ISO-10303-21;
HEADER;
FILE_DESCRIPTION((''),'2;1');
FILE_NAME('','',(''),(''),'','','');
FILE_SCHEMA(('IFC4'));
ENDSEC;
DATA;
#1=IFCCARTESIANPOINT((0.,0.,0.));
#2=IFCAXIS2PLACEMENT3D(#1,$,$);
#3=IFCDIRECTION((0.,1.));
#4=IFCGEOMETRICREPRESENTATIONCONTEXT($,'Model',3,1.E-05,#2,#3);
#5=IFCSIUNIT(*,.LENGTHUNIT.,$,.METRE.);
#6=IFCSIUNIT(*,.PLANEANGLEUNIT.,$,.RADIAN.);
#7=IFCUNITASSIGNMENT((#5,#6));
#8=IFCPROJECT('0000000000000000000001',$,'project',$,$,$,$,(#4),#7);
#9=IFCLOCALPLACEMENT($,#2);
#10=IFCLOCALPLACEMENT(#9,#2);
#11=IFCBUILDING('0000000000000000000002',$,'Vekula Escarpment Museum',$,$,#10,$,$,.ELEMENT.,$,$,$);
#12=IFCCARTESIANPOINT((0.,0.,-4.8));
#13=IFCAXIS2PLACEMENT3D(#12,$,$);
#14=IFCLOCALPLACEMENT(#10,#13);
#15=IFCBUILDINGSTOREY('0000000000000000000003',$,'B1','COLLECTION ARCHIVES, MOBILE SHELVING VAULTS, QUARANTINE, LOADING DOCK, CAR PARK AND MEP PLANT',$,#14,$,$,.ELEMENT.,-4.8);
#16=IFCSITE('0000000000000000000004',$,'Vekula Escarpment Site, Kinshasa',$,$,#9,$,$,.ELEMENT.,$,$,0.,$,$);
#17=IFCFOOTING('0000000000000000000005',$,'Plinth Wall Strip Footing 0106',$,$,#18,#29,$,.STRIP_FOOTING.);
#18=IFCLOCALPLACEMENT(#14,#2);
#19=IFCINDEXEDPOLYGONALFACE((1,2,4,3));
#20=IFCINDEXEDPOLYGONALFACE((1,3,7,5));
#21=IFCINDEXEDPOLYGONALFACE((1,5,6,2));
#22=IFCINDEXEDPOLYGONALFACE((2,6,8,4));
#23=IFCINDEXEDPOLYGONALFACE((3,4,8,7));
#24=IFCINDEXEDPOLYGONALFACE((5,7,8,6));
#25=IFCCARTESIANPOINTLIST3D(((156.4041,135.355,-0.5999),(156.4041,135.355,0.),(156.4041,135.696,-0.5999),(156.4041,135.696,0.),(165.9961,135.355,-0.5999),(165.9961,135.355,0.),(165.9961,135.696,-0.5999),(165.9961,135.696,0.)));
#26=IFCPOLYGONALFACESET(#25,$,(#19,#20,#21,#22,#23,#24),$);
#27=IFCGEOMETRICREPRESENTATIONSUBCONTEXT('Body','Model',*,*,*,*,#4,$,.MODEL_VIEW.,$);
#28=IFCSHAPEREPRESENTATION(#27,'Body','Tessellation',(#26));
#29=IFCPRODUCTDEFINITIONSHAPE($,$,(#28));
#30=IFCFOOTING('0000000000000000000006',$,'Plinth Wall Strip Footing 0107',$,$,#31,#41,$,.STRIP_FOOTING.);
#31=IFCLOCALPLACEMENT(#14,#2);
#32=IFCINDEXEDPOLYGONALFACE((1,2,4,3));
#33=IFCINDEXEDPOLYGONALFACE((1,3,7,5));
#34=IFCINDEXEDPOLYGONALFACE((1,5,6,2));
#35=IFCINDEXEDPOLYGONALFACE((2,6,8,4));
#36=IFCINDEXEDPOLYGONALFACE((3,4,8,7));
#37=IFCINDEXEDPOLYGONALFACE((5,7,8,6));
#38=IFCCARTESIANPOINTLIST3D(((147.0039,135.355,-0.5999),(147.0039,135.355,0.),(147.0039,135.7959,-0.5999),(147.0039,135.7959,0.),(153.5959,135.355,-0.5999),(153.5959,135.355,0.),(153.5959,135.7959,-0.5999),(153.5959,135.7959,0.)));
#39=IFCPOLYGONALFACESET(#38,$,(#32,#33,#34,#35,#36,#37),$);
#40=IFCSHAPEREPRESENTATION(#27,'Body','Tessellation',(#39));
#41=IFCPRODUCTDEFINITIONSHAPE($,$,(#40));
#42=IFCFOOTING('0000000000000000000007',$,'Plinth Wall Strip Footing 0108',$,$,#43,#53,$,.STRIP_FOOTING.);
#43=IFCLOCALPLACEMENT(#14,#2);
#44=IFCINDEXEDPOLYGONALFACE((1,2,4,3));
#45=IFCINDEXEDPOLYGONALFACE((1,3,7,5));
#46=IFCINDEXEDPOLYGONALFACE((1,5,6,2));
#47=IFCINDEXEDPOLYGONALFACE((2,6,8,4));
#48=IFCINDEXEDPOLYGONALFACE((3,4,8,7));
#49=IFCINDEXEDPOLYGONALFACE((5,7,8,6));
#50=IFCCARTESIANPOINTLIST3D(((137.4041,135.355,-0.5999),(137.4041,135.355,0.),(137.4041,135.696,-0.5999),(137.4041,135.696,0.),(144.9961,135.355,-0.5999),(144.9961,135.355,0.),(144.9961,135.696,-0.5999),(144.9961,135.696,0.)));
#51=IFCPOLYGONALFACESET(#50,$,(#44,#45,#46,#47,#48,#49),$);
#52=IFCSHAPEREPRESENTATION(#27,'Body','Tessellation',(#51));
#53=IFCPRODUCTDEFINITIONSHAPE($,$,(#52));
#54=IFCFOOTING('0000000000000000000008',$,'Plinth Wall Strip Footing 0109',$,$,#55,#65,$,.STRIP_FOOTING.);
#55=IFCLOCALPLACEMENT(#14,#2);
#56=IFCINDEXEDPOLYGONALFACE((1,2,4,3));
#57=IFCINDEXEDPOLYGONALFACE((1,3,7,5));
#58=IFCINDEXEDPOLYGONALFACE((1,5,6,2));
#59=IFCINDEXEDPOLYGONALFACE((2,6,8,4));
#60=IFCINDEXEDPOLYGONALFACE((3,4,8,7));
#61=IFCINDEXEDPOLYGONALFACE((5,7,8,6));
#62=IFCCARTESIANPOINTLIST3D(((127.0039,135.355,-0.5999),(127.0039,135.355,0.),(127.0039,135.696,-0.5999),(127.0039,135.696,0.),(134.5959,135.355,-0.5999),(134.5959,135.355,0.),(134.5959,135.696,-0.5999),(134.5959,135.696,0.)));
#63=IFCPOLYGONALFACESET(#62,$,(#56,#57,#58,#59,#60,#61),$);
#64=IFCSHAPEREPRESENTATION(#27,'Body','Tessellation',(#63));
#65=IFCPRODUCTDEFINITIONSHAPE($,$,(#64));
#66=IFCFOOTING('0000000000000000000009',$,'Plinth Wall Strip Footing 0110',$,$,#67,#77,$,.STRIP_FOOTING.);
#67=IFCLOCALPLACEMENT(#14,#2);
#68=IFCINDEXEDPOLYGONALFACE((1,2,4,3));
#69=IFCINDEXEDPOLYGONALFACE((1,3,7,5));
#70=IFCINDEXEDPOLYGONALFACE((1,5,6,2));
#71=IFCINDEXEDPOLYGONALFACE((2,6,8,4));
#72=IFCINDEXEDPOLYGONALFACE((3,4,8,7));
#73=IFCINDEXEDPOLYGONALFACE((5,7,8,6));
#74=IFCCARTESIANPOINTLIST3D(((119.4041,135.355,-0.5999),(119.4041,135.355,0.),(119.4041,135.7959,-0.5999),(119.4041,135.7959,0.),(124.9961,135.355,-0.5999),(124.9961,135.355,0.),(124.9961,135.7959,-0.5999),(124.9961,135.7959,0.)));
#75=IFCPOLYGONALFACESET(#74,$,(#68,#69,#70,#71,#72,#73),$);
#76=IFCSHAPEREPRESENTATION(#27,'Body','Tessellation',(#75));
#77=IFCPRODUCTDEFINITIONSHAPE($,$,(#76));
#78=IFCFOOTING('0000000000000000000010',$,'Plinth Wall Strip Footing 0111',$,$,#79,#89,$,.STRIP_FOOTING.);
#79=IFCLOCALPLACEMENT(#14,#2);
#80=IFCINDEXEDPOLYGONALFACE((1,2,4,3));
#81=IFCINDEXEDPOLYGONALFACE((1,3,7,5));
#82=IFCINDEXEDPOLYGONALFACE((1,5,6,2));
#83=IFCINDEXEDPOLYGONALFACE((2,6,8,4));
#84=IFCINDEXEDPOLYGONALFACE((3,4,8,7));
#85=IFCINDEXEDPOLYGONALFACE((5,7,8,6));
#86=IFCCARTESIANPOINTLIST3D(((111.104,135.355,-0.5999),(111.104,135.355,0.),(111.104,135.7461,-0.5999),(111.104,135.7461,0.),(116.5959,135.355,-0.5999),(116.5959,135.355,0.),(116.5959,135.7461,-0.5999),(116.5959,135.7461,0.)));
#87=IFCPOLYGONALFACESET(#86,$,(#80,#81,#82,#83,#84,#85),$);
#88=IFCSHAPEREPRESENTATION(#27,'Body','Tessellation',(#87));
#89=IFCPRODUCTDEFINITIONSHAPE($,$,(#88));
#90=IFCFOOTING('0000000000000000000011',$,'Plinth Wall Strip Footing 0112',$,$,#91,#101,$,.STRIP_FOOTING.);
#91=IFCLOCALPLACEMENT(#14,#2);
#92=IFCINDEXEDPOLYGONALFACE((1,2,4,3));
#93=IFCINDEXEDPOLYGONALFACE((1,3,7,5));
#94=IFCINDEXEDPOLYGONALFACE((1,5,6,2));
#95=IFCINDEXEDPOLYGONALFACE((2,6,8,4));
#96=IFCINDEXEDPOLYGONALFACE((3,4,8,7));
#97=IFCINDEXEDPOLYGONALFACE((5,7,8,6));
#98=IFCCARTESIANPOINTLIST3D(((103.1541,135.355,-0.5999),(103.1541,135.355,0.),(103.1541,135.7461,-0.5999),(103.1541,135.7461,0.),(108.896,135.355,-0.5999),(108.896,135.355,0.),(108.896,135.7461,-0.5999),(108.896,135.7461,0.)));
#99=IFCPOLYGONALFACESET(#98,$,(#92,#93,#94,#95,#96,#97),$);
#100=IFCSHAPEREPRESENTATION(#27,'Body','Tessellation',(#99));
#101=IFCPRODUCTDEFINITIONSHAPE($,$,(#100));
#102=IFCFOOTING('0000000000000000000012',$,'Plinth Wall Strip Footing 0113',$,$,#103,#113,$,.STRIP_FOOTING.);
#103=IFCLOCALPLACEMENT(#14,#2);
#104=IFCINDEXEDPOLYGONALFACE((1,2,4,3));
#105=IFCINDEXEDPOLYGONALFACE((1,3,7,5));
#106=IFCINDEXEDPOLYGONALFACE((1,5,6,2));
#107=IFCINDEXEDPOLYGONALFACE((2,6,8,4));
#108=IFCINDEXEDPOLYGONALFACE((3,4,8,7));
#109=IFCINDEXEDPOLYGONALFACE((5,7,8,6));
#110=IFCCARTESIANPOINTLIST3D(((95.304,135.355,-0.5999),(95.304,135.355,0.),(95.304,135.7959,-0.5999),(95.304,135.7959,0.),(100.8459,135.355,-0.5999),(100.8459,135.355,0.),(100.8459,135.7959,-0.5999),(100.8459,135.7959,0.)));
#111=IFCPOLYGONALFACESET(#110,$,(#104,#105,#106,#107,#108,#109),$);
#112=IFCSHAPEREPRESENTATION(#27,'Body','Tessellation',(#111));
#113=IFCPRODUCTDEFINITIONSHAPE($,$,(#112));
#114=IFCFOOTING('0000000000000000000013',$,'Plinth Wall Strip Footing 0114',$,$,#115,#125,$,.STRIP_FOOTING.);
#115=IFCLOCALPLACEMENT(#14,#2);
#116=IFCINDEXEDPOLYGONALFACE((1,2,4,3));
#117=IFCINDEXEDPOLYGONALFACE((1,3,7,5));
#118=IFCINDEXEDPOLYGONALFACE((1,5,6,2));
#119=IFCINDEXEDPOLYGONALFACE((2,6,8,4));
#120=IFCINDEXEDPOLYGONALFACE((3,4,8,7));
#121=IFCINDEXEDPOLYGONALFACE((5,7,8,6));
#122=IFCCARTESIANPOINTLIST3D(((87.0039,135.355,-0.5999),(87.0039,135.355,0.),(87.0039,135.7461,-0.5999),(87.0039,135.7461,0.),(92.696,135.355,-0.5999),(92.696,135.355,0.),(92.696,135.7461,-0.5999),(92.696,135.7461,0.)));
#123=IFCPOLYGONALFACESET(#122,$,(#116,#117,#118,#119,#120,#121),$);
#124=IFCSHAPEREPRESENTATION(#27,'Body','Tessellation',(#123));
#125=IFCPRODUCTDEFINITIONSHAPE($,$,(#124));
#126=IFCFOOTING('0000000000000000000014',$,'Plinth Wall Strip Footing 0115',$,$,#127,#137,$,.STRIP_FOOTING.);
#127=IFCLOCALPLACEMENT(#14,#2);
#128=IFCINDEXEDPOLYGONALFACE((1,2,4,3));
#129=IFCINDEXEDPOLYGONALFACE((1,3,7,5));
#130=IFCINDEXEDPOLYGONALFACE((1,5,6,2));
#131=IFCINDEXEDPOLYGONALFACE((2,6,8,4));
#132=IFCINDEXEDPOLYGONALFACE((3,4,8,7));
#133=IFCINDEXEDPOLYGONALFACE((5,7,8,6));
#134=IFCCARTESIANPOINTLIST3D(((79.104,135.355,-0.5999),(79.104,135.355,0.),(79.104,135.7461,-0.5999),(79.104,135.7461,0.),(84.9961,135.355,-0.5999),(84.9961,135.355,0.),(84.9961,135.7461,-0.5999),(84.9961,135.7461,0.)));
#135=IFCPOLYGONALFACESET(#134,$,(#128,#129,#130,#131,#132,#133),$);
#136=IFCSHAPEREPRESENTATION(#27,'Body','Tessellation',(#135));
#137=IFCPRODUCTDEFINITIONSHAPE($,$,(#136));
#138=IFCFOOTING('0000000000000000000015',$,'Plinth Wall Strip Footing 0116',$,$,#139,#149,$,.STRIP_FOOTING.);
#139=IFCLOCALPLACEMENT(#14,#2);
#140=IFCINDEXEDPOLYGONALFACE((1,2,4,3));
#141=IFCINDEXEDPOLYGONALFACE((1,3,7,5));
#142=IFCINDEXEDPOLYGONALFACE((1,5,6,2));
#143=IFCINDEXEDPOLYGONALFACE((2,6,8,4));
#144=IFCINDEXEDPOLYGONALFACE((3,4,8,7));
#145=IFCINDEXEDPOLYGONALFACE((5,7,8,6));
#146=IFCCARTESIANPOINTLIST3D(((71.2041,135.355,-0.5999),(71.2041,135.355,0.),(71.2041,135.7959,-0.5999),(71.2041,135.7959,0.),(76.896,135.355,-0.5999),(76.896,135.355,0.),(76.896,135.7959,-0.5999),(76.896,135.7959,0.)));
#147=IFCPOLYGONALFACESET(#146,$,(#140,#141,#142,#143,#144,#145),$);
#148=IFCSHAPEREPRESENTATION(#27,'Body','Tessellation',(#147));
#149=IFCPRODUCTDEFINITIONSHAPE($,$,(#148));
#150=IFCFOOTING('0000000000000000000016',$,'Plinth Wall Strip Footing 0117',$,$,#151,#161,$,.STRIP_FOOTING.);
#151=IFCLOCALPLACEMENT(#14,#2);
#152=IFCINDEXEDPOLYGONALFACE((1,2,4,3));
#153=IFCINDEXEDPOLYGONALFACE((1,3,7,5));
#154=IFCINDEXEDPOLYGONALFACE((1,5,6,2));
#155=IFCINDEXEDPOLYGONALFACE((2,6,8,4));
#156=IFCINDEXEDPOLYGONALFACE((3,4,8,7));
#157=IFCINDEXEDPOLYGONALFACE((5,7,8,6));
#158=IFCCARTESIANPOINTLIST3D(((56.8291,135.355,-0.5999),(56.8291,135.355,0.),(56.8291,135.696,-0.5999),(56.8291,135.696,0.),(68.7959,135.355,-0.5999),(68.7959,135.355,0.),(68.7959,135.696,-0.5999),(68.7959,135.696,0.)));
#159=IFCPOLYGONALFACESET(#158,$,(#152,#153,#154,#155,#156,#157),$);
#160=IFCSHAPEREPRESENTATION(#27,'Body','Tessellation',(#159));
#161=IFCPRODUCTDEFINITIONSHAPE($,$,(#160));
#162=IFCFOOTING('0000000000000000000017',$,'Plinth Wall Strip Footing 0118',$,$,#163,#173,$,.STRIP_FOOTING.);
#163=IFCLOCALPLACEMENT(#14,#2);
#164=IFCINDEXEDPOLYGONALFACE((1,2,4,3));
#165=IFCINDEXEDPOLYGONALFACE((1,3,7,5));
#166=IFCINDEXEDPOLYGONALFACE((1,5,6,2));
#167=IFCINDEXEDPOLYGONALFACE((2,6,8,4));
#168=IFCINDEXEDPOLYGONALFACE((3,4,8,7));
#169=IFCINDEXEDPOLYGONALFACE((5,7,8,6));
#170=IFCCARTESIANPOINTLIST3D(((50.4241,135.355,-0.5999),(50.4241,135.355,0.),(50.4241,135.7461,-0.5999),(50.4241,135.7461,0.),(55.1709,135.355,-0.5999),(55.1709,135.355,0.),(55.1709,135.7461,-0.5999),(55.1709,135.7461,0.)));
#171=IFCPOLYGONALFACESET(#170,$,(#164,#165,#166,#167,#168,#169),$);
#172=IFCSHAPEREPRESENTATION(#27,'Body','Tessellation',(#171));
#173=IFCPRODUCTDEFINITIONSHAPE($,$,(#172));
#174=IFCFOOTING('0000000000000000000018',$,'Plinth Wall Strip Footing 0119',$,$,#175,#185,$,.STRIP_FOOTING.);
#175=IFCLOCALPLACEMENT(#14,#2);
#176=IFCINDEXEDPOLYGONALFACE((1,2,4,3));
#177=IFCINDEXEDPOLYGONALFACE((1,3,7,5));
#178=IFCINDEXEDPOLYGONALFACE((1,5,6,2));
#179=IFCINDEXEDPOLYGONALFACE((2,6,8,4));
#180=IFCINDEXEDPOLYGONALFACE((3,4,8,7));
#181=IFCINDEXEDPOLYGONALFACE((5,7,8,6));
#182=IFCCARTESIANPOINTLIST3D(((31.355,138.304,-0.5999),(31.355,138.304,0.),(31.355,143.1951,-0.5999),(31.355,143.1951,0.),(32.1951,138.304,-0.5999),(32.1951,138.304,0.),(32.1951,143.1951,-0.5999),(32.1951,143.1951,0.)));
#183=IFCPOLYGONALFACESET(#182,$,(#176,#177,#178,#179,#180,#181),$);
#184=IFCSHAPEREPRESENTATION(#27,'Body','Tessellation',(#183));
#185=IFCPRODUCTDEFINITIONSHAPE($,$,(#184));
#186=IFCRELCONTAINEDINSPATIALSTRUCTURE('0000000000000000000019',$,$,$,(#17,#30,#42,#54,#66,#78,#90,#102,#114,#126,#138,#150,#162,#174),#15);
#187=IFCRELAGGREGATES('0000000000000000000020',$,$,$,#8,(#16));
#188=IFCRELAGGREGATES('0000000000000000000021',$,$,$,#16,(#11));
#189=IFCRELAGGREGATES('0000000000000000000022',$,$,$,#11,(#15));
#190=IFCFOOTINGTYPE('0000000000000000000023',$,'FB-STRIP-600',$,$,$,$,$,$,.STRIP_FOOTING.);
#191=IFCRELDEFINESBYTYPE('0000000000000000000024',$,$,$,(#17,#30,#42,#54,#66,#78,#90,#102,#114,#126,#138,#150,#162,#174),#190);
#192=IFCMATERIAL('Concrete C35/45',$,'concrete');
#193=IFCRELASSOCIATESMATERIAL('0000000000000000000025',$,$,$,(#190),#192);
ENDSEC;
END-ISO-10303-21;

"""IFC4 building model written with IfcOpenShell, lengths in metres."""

from ifc_helpers import new_model, si_unit, direction, frame, origin, place, context, subcontext, project, spatial, polyline, outline, extrude, material, type_object, element, save


model = new_model("IFC4")

# Units and contexts
model_context = context("Model", 3, precision=1e-05, world=origin(), true_north=direction((0.0, 1.0)))
body_context = subcontext(model_context, "Body", "Model", "MODEL_VIEW")
ifc_project = project(units=[si_unit("LENGTHUNIT", "METRE"), si_unit("PLANEANGLEUNIT", "RADIAN")], contexts=[model_context])

# Site, building, storey
site_placement = place(None, origin())
site = spatial("IfcSite", under=ifc_project, at=site_placement, Name="Vekula Escarpment Site, Kinshasa", CompositionType="ELEMENT", RefElevation=0.0)
building_placement = place(site_placement, origin())
building = spatial("IfcBuilding", under=site, at=building_placement, Name="Vekula Escarpment Museum", CompositionType="ELEMENT")
storey_placement = place(building_placement, frame((0.0, 0.0, -4.8)))
storey = spatial("IfcBuildingStorey", under=building, at=storey_placement, Name="B1", Description="COLLECTION ARCHIVES, MOBILE SHELVING VAULTS, QUARANTINE, LOADING DOCK, CAR PARK AND MEP PLANT", CompositionType="ELEMENT", Elevation=-4.8)

# Footings
ifc_material = material(Name="Concrete C35/45", Category="concrete")
footing_type = type_object("IfcFootingType", Name="FB-STRIP-600", PredefinedType="STRIP_FOOTING", material=ifc_material)
footing_1_placement = place(storey_placement, frame((0.0, 0.0, -0.5999)))
element("IfcFooting", 1, at=footing_1_placement, inside=storey, type_object=footing_type, Name="Plinth Wall Strip Footing 0106", PredefinedType="STRIP_FOOTING", context=body_context, shape_type="SweptSolid", body=[
    extrude(outline(polyline([(156.4041, 135.355), (156.4041, 135.696), (165.9961, 135.696), (165.9961, 135.355), (156.4041, 135.355)])), origin(), (0.0, 0.0, 1.0), 0.5999),
])
footing_2_placement = place(storey_placement, frame((0.0, 0.0, -0.5999)))
element("IfcFooting", 2, at=footing_2_placement, inside=storey, type_object=footing_type, Name="Plinth Wall Strip Footing 0107", PredefinedType="STRIP_FOOTING", context=body_context, shape_type="SweptSolid", body=[
    extrude(outline(polyline([(147.0039, 135.355), (147.0039, 135.7959), (153.5959, 135.7959), (153.5959, 135.355), (147.0039, 135.355)])), origin(), (0.0, 0.0, 1.0), 0.5999),
])
footing_3_placement = place(storey_placement, frame((0.0, 0.0, -0.5999)))
element("IfcFooting", 3, at=footing_3_placement, inside=storey, type_object=footing_type, Name="Plinth Wall Strip Footing 0108", PredefinedType="STRIP_FOOTING", context=body_context, shape_type="SweptSolid", body=[
    extrude(outline(polyline([(137.4041, 135.355), (137.4041, 135.696), (144.9961, 135.696), (144.9961, 135.355), (137.4041, 135.355)])), origin(), (0.0, 0.0, 1.0), 0.5999),
])
footing_4_placement = place(storey_placement, frame((0.0, 0.0, -0.5999)))
element("IfcFooting", 4, at=footing_4_placement, inside=storey, type_object=footing_type, Name="Plinth Wall Strip Footing 0109", PredefinedType="STRIP_FOOTING", context=body_context, shape_type="SweptSolid", body=[
    extrude(outline(polyline([(127.0039, 135.355), (127.0039, 135.696), (134.5959, 135.696), (134.5959, 135.355), (127.0039, 135.355)])), origin(), (0.0, 0.0, 1.0), 0.5999),
])
footing_5_placement = place(storey_placement, frame((0.0, 0.0, -0.5999)))
element("IfcFooting", 5, at=footing_5_placement, inside=storey, type_object=footing_type, Name="Plinth Wall Strip Footing 0110", PredefinedType="STRIP_FOOTING", context=body_context, shape_type="SweptSolid", body=[
    extrude(outline(polyline([(119.4041, 135.355), (119.4041, 135.7959), (124.9961, 135.7959), (124.9961, 135.355), (119.4041, 135.355)])), origin(), (0.0, 0.0, 1.0), 0.5999),
])
footing_6_placement = place(storey_placement, frame((0.0, 0.0, -0.5999)))
element("IfcFooting", 6, at=footing_6_placement, inside=storey, type_object=footing_type, Name="Plinth Wall Strip Footing 0111", PredefinedType="STRIP_FOOTING", context=body_context, shape_type="SweptSolid", body=[
    extrude(outline(polyline([(111.104, 135.355), (111.104, 135.7461), (116.5959, 135.7461), (116.5959, 135.355), (111.104, 135.355)])), origin(), (0.0, 0.0, 1.0), 0.5999),
])
footing_7_placement = place(storey_placement, frame((0.0, 0.0, -0.5999)))
element("IfcFooting", 7, at=footing_7_placement, inside=storey, type_object=footing_type, Name="Plinth Wall Strip Footing 0112", PredefinedType="STRIP_FOOTING", context=body_context, shape_type="SweptSolid", body=[
    extrude(outline(polyline([(103.1541, 135.355), (103.1541, 135.7461), (108.896, 135.7461), (108.896, 135.355), (103.1541, 135.355)])), origin(), (0.0, 0.0, 1.0), 0.5999),
])
footing_8_placement = place(storey_placement, frame((0.0, 0.0, -0.5999)))
element("IfcFooting", 8, at=footing_8_placement, inside=storey, type_object=footing_type, Name="Plinth Wall Strip Footing 0113", PredefinedType="STRIP_FOOTING", context=body_context, shape_type="SweptSolid", body=[
    extrude(outline(polyline([(95.304, 135.355), (95.304, 135.7959), (100.8459, 135.7959), (100.8459, 135.355), (95.304, 135.355)])), origin(), (0.0, 0.0, 1.0), 0.5999),
])
footing_9_placement = place(storey_placement, frame((0.0, 0.0, -0.5999)))
element("IfcFooting", 9, at=footing_9_placement, inside=storey, type_object=footing_type, Name="Plinth Wall Strip Footing 0114", PredefinedType="STRIP_FOOTING", context=body_context, shape_type="SweptSolid", body=[
    extrude(outline(polyline([(87.0039, 135.355), (87.0039, 135.7461), (92.696, 135.7461), (92.696, 135.355), (87.0039, 135.355)])), origin(), (0.0, 0.0, 1.0), 0.5999),
])
footing_10_placement = place(storey_placement, frame((0.0, 0.0, -0.5999)))
element("IfcFooting", 10, at=footing_10_placement, inside=storey, type_object=footing_type, Name="Plinth Wall Strip Footing 0115", PredefinedType="STRIP_FOOTING", context=body_context, shape_type="SweptSolid", body=[
    extrude(outline(polyline([(79.104, 135.355), (79.104, 135.7461), (84.9961, 135.7461), (84.9961, 135.355), (79.104, 135.355)])), origin(), (0.0, 0.0, 1.0), 0.5999),
])
footing_11_placement = place(storey_placement, frame((0.0, 0.0, -0.5999)))
element("IfcFooting", 11, at=footing_11_placement, inside=storey, type_object=footing_type, Name="Plinth Wall Strip Footing 0116", PredefinedType="STRIP_FOOTING", context=body_context, shape_type="SweptSolid", body=[
    extrude(outline(polyline([(71.2041, 135.355), (71.2041, 135.7959), (76.896, 135.7959), (76.896, 135.355), (71.2041, 135.355)])), origin(), (0.0, 0.0, 1.0), 0.5999),
])
footing_12_placement = place(storey_placement, frame((0.0, 0.0, -0.5999)))
element("IfcFooting", 12, at=footing_12_placement, inside=storey, type_object=footing_type, Name="Plinth Wall Strip Footing 0117", PredefinedType="STRIP_FOOTING", context=body_context, shape_type="SweptSolid", body=[
    extrude(outline(polyline([(56.8291, 135.355), (56.8291, 135.696), (68.7959, 135.696), (68.7959, 135.355), (56.8291, 135.355)])), origin(), (0.0, 0.0, 1.0), 0.5999),
])
footing_13_placement = place(storey_placement, frame((0.0, 0.0, -0.5999)))
element("IfcFooting", 13, at=footing_13_placement, inside=storey, type_object=footing_type, Name="Plinth Wall Strip Footing 0118", PredefinedType="STRIP_FOOTING", context=body_context, shape_type="SweptSolid", body=[
    extrude(outline(polyline([(50.4241, 135.355), (50.4241, 135.7461), (55.1709, 135.7461), (55.1709, 135.355), (50.4241, 135.355)])), origin(), (0.0, 0.0, 1.0), 0.5999),
])
footing_14_placement = place(storey_placement, frame((0.0, 0.0, -0.5999)))
element("IfcFooting", 14, at=footing_14_placement, inside=storey, type_object=footing_type, Name="Plinth Wall Strip Footing 0119", PredefinedType="STRIP_FOOTING", context=body_context, shape_type="SweptSolid", body=[
    extrude(outline(polyline([(31.355, 143.1951), (32.1951, 143.1951), (32.1951, 138.304), (31.355, 138.304), (31.355, 143.1951)])), origin(), (0.0, 0.0, 1.0), 0.5999),
])

save(model, "model.ifc")
